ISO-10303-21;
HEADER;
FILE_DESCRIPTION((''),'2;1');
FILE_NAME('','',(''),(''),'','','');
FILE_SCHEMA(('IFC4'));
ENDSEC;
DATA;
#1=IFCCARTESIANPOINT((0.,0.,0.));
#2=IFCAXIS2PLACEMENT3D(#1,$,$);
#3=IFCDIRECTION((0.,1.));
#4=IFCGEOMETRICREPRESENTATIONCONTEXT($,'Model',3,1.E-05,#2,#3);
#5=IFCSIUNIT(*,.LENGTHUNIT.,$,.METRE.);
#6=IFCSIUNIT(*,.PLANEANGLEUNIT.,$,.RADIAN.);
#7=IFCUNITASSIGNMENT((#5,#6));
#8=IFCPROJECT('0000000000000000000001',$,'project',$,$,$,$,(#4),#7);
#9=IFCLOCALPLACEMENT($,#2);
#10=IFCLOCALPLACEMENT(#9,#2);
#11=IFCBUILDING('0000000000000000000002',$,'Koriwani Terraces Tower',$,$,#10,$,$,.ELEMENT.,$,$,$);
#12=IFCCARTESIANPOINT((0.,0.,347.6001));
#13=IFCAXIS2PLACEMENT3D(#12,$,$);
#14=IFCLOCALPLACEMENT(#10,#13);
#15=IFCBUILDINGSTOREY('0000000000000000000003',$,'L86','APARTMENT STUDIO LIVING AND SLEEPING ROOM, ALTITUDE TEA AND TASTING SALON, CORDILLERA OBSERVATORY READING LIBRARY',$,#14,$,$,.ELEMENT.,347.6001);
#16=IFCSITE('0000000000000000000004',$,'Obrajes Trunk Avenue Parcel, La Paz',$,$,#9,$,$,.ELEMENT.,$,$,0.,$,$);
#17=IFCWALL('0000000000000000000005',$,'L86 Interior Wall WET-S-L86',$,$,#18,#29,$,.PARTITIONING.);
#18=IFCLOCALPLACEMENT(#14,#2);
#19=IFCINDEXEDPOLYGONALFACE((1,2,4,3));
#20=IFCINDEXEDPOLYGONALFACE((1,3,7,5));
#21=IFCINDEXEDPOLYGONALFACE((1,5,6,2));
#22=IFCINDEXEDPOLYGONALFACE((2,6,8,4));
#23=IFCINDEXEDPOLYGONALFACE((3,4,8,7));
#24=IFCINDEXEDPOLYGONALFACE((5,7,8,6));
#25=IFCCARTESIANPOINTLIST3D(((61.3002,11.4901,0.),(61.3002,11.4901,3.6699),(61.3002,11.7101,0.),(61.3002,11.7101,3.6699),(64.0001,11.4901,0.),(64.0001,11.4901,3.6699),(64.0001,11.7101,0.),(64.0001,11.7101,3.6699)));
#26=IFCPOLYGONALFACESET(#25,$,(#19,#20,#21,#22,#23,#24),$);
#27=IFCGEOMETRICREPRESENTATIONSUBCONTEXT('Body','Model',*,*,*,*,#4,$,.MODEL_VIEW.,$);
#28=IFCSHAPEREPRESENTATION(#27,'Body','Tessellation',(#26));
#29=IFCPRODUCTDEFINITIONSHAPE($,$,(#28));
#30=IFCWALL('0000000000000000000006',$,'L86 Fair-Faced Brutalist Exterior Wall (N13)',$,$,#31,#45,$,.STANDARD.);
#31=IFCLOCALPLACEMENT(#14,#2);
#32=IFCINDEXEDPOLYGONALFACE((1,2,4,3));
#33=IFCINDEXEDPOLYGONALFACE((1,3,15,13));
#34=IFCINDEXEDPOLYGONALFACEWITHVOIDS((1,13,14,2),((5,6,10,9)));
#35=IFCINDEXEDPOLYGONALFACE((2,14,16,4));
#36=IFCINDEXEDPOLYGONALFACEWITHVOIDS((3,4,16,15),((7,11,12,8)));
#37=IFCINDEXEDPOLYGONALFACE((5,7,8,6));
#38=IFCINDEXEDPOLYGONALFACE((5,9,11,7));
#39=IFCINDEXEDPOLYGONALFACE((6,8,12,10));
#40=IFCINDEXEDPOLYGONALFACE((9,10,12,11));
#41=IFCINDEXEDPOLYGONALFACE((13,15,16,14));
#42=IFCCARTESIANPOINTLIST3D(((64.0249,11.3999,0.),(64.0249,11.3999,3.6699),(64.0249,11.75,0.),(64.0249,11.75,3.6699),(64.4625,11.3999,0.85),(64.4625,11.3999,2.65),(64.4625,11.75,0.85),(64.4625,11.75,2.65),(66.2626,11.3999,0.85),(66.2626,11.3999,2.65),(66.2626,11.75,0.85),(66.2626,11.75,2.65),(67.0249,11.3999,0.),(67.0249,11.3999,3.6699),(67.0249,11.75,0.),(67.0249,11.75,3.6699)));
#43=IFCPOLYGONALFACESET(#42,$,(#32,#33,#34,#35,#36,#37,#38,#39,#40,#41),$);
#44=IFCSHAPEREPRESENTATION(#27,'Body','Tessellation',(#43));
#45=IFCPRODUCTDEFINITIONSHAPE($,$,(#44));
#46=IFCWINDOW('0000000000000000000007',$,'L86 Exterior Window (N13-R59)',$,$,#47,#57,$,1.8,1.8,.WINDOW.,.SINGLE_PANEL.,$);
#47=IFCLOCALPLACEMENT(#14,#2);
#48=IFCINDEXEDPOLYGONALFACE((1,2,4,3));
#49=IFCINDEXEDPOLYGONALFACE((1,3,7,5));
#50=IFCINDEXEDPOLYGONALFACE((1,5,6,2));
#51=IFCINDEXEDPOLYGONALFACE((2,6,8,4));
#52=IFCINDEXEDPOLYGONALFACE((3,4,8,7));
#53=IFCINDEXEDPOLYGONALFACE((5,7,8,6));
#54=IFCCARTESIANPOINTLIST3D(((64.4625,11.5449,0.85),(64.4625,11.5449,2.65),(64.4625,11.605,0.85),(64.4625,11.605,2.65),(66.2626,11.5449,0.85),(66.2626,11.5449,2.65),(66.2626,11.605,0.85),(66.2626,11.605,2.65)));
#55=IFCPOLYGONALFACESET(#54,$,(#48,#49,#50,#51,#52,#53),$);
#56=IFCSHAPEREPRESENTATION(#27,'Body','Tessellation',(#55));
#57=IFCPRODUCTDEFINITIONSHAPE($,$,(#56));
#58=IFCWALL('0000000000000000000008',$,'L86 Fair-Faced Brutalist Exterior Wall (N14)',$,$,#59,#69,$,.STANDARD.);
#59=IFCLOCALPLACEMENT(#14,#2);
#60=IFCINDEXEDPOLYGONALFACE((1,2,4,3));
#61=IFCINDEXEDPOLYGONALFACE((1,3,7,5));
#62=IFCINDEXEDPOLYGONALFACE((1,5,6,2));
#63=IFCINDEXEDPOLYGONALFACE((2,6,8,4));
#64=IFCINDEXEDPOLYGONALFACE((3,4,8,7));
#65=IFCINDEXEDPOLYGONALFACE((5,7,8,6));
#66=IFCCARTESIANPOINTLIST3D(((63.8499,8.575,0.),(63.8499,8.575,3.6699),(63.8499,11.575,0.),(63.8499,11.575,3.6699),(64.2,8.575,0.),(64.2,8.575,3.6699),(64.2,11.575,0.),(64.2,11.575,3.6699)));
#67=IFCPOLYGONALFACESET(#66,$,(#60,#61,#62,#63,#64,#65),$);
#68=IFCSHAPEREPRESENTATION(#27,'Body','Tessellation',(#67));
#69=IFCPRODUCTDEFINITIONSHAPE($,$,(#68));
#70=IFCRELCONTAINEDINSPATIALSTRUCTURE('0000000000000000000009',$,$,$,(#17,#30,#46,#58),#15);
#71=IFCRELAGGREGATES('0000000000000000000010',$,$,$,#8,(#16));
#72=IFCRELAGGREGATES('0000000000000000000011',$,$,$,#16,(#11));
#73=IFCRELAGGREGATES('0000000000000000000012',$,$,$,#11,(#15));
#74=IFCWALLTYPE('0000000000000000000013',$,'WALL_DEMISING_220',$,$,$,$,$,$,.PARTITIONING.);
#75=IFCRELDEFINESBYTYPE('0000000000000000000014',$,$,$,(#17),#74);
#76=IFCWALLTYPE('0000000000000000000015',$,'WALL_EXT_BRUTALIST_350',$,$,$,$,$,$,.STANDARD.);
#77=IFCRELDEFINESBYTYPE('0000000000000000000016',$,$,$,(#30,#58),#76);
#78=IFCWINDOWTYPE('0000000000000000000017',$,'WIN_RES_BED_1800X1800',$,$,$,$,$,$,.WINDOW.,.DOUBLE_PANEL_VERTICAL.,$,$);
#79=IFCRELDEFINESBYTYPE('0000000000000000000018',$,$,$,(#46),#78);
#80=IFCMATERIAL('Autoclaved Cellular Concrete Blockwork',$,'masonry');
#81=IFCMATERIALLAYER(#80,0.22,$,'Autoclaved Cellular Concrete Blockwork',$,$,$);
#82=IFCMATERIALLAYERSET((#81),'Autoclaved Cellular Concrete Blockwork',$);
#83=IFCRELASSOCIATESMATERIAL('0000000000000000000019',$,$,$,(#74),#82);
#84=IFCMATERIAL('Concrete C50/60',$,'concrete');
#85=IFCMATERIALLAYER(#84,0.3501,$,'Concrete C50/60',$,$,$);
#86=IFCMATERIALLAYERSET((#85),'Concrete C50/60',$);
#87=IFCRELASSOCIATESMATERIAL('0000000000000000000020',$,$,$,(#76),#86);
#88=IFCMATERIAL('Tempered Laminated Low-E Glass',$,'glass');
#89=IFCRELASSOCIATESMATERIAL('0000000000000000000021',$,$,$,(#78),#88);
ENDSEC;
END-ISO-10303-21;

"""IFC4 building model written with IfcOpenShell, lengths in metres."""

from ifc_helpers import new_model, si_unit, direction, frame, frame_2d, origin, place, context, subcontext, project, spatial, rectangle, extrude, material, layer, layer_set, type_object, element, fill, save


model = new_model("IFC4")

# Units and contexts
model_context = context("Model", 3, precision=1e-05, world=origin(), true_north=direction((0.0, 1.0)))
body_context = subcontext(model_context, "Body", "Model", "MODEL_VIEW")
ifc_project = project(units=[si_unit("LENGTHUNIT", "METRE"), si_unit("PLANEANGLEUNIT", "RADIAN")], contexts=[model_context])

# Site, building, storey
site_placement = place(None, origin())
site = spatial("IfcSite", under=ifc_project, at=site_placement, Name="Obrajes Trunk Avenue Parcel, La Paz", CompositionType="ELEMENT", RefElevation=0.0)
building_placement = place(site_placement, origin())
building = spatial("IfcBuilding", under=site, at=building_placement, Name="Koriwani Terraces Tower", CompositionType="ELEMENT")
storey_placement = place(building_placement, frame((0.0, 0.0, 347.6001)))
storey = spatial("IfcBuildingStorey", under=building, at=storey_placement, Name="L86", Description="APARTMENT STUDIO LIVING AND SLEEPING ROOM, ALTITUDE TEA AND TASTING SALON, CORDILLERA OBSERVATORY READING LIBRARY", CompositionType="ELEMENT", Elevation=347.6001)

# Shared definitions
ifc_material_1 = material(Name="Concrete C50/60", Category="concrete")

# Shared definitions
ifc_material_2 = material(Name="Autoclaved Cellular Concrete Blockwork", Category="masonry")

# Wall
ifc_layer_1 = layer(ifc_material_2, 0.22, Name="Autoclaved Cellular Concrete Blockwork")
ifc_layer_set_1 = layer_set([ifc_layer_1], Name="Autoclaved Cellular Concrete Blockwork")
wall_type_1 = type_object("IfcWallType", Name="WALL_DEMISING_220", PredefinedType="PARTITIONING", material=ifc_layer_set_1)
wall_1_placement = place(storey_placement, frame((61.3, 11.6001, 0.0), z_axis=(0.0, 0.0, 1.0), x_axis=(1.0, 0.0, 0.0)))
element("IfcWall", 1, at=wall_1_placement, inside=storey, type_object=wall_type_1, Name="L86 Interior Wall WET-S-L86", PredefinedType="PARTITIONING", context=body_context, shape_type="SweptSolid", body=[
    extrude(rectangle(XDim=2.7, YDim=0.22, at=frame_2d((1.3501, 0.0))), origin(), (0.0, 0.0, 1.0), 3.6699),
])

# Wall, opening, window
ifc_layer_2 = layer(ifc_material_1, 0.3501, Name="Concrete C50/60")
ifc_layer_set_2 = layer_set([ifc_layer_2], Name="Concrete C50/60")
wall_type_2 = type_object("IfcWallType", Name="WALL_EXT_BRUTALIST_350", PredefinedType="STANDARD", material=ifc_layer_set_2)
wall_2_placement = place(storey_placement, frame((67.0249, 11.575, 0.0), z_axis=(0.0, 0.0, 1.0), x_axis=(-1.0, 0.0, 0.0)))
wall_2 = element("IfcWall", 2, at=wall_2_placement, inside=storey, type_object=wall_type_2, Name="L86 Fair-Faced Brutalist Exterior Wall (N13)", PredefinedType="STANDARD", context=body_context, shape_type="SweptSolid", body=[
    extrude(rectangle(XDim=3.0, YDim=0.3501, at=frame_2d((1.5, 0.0))), origin(), (0.0, 0.0, 1.0), 3.6699),
])
opening_1_placement = place(wall_2_placement, frame((0.7625, 0.0, 0.8501)))
opening_1 = element("IfcOpeningElement", 3, at=opening_1_placement, cuts=wall_2, PredefinedType="OPENING", context=body_context, shape_type="SweptSolid", body=[
    extrude(rectangle(XDim=1.8, YDim=1.8, at=frame_2d((0.8999, 0.8999))), frame((0.0, 0.1851, 0.0), z_axis=(0.0, -1.0, 0.0), x_axis=(1.0, 0.0, 0.0)), (0.0, 0.0, 1.0), 0.3701),
])
ifc_material_3 = material(Name="Tempered Laminated Low-E Glass", Category="glass")
window_type_1 = type_object("IfcWindowType", Name="WIN_RES_BED_1800X1800", PartitioningType="DOUBLE_PANEL_VERTICAL", PredefinedType="WINDOW", material=ifc_material_3)
window_1_placement = place(opening_1_placement, origin())
window_1 = element("IfcWindow", 4, at=window_1_placement, inside=storey, type_object=window_type_1, Name="L86 Exterior Window (N13-R59)", OverallHeight=1.8, OverallWidth=1.8, PartitioningType="SINGLE_PANEL", PredefinedType="WINDOW", context=body_context, shape_type="SweptSolid", body=[
    extrude(rectangle(XDim=1.8, YDim=1.8, at=frame_2d((0.8999, 0.8999))), frame((0.0, 0.03, 0.0), z_axis=(0.0, -1.0, 0.0), x_axis=(1.0, 0.0, 0.0)), (0.0, 0.0, 1.0), 0.0601),
])
fill(opening_1, window_1)

# Wall
wall_3_placement = place(storey_placement, frame((64.0249, 11.575, 0.0), z_axis=(0.0, 0.0, 1.0), x_axis=(0.0, -1.0, 0.0)))
element("IfcWall", 5, at=wall_3_placement, inside=storey, type_object=wall_type_2, Name="L86 Fair-Faced Brutalist Exterior Wall (N14)", PredefinedType="STANDARD", context=body_context, shape_type="SweptSolid", body=[
    extrude(rectangle(XDim=3.0, YDim=0.3501, at=frame_2d((1.5, 0.0))), origin(), (0.0, 0.0, 1.0), 3.6699),
])

save(model, "model.ifc")
